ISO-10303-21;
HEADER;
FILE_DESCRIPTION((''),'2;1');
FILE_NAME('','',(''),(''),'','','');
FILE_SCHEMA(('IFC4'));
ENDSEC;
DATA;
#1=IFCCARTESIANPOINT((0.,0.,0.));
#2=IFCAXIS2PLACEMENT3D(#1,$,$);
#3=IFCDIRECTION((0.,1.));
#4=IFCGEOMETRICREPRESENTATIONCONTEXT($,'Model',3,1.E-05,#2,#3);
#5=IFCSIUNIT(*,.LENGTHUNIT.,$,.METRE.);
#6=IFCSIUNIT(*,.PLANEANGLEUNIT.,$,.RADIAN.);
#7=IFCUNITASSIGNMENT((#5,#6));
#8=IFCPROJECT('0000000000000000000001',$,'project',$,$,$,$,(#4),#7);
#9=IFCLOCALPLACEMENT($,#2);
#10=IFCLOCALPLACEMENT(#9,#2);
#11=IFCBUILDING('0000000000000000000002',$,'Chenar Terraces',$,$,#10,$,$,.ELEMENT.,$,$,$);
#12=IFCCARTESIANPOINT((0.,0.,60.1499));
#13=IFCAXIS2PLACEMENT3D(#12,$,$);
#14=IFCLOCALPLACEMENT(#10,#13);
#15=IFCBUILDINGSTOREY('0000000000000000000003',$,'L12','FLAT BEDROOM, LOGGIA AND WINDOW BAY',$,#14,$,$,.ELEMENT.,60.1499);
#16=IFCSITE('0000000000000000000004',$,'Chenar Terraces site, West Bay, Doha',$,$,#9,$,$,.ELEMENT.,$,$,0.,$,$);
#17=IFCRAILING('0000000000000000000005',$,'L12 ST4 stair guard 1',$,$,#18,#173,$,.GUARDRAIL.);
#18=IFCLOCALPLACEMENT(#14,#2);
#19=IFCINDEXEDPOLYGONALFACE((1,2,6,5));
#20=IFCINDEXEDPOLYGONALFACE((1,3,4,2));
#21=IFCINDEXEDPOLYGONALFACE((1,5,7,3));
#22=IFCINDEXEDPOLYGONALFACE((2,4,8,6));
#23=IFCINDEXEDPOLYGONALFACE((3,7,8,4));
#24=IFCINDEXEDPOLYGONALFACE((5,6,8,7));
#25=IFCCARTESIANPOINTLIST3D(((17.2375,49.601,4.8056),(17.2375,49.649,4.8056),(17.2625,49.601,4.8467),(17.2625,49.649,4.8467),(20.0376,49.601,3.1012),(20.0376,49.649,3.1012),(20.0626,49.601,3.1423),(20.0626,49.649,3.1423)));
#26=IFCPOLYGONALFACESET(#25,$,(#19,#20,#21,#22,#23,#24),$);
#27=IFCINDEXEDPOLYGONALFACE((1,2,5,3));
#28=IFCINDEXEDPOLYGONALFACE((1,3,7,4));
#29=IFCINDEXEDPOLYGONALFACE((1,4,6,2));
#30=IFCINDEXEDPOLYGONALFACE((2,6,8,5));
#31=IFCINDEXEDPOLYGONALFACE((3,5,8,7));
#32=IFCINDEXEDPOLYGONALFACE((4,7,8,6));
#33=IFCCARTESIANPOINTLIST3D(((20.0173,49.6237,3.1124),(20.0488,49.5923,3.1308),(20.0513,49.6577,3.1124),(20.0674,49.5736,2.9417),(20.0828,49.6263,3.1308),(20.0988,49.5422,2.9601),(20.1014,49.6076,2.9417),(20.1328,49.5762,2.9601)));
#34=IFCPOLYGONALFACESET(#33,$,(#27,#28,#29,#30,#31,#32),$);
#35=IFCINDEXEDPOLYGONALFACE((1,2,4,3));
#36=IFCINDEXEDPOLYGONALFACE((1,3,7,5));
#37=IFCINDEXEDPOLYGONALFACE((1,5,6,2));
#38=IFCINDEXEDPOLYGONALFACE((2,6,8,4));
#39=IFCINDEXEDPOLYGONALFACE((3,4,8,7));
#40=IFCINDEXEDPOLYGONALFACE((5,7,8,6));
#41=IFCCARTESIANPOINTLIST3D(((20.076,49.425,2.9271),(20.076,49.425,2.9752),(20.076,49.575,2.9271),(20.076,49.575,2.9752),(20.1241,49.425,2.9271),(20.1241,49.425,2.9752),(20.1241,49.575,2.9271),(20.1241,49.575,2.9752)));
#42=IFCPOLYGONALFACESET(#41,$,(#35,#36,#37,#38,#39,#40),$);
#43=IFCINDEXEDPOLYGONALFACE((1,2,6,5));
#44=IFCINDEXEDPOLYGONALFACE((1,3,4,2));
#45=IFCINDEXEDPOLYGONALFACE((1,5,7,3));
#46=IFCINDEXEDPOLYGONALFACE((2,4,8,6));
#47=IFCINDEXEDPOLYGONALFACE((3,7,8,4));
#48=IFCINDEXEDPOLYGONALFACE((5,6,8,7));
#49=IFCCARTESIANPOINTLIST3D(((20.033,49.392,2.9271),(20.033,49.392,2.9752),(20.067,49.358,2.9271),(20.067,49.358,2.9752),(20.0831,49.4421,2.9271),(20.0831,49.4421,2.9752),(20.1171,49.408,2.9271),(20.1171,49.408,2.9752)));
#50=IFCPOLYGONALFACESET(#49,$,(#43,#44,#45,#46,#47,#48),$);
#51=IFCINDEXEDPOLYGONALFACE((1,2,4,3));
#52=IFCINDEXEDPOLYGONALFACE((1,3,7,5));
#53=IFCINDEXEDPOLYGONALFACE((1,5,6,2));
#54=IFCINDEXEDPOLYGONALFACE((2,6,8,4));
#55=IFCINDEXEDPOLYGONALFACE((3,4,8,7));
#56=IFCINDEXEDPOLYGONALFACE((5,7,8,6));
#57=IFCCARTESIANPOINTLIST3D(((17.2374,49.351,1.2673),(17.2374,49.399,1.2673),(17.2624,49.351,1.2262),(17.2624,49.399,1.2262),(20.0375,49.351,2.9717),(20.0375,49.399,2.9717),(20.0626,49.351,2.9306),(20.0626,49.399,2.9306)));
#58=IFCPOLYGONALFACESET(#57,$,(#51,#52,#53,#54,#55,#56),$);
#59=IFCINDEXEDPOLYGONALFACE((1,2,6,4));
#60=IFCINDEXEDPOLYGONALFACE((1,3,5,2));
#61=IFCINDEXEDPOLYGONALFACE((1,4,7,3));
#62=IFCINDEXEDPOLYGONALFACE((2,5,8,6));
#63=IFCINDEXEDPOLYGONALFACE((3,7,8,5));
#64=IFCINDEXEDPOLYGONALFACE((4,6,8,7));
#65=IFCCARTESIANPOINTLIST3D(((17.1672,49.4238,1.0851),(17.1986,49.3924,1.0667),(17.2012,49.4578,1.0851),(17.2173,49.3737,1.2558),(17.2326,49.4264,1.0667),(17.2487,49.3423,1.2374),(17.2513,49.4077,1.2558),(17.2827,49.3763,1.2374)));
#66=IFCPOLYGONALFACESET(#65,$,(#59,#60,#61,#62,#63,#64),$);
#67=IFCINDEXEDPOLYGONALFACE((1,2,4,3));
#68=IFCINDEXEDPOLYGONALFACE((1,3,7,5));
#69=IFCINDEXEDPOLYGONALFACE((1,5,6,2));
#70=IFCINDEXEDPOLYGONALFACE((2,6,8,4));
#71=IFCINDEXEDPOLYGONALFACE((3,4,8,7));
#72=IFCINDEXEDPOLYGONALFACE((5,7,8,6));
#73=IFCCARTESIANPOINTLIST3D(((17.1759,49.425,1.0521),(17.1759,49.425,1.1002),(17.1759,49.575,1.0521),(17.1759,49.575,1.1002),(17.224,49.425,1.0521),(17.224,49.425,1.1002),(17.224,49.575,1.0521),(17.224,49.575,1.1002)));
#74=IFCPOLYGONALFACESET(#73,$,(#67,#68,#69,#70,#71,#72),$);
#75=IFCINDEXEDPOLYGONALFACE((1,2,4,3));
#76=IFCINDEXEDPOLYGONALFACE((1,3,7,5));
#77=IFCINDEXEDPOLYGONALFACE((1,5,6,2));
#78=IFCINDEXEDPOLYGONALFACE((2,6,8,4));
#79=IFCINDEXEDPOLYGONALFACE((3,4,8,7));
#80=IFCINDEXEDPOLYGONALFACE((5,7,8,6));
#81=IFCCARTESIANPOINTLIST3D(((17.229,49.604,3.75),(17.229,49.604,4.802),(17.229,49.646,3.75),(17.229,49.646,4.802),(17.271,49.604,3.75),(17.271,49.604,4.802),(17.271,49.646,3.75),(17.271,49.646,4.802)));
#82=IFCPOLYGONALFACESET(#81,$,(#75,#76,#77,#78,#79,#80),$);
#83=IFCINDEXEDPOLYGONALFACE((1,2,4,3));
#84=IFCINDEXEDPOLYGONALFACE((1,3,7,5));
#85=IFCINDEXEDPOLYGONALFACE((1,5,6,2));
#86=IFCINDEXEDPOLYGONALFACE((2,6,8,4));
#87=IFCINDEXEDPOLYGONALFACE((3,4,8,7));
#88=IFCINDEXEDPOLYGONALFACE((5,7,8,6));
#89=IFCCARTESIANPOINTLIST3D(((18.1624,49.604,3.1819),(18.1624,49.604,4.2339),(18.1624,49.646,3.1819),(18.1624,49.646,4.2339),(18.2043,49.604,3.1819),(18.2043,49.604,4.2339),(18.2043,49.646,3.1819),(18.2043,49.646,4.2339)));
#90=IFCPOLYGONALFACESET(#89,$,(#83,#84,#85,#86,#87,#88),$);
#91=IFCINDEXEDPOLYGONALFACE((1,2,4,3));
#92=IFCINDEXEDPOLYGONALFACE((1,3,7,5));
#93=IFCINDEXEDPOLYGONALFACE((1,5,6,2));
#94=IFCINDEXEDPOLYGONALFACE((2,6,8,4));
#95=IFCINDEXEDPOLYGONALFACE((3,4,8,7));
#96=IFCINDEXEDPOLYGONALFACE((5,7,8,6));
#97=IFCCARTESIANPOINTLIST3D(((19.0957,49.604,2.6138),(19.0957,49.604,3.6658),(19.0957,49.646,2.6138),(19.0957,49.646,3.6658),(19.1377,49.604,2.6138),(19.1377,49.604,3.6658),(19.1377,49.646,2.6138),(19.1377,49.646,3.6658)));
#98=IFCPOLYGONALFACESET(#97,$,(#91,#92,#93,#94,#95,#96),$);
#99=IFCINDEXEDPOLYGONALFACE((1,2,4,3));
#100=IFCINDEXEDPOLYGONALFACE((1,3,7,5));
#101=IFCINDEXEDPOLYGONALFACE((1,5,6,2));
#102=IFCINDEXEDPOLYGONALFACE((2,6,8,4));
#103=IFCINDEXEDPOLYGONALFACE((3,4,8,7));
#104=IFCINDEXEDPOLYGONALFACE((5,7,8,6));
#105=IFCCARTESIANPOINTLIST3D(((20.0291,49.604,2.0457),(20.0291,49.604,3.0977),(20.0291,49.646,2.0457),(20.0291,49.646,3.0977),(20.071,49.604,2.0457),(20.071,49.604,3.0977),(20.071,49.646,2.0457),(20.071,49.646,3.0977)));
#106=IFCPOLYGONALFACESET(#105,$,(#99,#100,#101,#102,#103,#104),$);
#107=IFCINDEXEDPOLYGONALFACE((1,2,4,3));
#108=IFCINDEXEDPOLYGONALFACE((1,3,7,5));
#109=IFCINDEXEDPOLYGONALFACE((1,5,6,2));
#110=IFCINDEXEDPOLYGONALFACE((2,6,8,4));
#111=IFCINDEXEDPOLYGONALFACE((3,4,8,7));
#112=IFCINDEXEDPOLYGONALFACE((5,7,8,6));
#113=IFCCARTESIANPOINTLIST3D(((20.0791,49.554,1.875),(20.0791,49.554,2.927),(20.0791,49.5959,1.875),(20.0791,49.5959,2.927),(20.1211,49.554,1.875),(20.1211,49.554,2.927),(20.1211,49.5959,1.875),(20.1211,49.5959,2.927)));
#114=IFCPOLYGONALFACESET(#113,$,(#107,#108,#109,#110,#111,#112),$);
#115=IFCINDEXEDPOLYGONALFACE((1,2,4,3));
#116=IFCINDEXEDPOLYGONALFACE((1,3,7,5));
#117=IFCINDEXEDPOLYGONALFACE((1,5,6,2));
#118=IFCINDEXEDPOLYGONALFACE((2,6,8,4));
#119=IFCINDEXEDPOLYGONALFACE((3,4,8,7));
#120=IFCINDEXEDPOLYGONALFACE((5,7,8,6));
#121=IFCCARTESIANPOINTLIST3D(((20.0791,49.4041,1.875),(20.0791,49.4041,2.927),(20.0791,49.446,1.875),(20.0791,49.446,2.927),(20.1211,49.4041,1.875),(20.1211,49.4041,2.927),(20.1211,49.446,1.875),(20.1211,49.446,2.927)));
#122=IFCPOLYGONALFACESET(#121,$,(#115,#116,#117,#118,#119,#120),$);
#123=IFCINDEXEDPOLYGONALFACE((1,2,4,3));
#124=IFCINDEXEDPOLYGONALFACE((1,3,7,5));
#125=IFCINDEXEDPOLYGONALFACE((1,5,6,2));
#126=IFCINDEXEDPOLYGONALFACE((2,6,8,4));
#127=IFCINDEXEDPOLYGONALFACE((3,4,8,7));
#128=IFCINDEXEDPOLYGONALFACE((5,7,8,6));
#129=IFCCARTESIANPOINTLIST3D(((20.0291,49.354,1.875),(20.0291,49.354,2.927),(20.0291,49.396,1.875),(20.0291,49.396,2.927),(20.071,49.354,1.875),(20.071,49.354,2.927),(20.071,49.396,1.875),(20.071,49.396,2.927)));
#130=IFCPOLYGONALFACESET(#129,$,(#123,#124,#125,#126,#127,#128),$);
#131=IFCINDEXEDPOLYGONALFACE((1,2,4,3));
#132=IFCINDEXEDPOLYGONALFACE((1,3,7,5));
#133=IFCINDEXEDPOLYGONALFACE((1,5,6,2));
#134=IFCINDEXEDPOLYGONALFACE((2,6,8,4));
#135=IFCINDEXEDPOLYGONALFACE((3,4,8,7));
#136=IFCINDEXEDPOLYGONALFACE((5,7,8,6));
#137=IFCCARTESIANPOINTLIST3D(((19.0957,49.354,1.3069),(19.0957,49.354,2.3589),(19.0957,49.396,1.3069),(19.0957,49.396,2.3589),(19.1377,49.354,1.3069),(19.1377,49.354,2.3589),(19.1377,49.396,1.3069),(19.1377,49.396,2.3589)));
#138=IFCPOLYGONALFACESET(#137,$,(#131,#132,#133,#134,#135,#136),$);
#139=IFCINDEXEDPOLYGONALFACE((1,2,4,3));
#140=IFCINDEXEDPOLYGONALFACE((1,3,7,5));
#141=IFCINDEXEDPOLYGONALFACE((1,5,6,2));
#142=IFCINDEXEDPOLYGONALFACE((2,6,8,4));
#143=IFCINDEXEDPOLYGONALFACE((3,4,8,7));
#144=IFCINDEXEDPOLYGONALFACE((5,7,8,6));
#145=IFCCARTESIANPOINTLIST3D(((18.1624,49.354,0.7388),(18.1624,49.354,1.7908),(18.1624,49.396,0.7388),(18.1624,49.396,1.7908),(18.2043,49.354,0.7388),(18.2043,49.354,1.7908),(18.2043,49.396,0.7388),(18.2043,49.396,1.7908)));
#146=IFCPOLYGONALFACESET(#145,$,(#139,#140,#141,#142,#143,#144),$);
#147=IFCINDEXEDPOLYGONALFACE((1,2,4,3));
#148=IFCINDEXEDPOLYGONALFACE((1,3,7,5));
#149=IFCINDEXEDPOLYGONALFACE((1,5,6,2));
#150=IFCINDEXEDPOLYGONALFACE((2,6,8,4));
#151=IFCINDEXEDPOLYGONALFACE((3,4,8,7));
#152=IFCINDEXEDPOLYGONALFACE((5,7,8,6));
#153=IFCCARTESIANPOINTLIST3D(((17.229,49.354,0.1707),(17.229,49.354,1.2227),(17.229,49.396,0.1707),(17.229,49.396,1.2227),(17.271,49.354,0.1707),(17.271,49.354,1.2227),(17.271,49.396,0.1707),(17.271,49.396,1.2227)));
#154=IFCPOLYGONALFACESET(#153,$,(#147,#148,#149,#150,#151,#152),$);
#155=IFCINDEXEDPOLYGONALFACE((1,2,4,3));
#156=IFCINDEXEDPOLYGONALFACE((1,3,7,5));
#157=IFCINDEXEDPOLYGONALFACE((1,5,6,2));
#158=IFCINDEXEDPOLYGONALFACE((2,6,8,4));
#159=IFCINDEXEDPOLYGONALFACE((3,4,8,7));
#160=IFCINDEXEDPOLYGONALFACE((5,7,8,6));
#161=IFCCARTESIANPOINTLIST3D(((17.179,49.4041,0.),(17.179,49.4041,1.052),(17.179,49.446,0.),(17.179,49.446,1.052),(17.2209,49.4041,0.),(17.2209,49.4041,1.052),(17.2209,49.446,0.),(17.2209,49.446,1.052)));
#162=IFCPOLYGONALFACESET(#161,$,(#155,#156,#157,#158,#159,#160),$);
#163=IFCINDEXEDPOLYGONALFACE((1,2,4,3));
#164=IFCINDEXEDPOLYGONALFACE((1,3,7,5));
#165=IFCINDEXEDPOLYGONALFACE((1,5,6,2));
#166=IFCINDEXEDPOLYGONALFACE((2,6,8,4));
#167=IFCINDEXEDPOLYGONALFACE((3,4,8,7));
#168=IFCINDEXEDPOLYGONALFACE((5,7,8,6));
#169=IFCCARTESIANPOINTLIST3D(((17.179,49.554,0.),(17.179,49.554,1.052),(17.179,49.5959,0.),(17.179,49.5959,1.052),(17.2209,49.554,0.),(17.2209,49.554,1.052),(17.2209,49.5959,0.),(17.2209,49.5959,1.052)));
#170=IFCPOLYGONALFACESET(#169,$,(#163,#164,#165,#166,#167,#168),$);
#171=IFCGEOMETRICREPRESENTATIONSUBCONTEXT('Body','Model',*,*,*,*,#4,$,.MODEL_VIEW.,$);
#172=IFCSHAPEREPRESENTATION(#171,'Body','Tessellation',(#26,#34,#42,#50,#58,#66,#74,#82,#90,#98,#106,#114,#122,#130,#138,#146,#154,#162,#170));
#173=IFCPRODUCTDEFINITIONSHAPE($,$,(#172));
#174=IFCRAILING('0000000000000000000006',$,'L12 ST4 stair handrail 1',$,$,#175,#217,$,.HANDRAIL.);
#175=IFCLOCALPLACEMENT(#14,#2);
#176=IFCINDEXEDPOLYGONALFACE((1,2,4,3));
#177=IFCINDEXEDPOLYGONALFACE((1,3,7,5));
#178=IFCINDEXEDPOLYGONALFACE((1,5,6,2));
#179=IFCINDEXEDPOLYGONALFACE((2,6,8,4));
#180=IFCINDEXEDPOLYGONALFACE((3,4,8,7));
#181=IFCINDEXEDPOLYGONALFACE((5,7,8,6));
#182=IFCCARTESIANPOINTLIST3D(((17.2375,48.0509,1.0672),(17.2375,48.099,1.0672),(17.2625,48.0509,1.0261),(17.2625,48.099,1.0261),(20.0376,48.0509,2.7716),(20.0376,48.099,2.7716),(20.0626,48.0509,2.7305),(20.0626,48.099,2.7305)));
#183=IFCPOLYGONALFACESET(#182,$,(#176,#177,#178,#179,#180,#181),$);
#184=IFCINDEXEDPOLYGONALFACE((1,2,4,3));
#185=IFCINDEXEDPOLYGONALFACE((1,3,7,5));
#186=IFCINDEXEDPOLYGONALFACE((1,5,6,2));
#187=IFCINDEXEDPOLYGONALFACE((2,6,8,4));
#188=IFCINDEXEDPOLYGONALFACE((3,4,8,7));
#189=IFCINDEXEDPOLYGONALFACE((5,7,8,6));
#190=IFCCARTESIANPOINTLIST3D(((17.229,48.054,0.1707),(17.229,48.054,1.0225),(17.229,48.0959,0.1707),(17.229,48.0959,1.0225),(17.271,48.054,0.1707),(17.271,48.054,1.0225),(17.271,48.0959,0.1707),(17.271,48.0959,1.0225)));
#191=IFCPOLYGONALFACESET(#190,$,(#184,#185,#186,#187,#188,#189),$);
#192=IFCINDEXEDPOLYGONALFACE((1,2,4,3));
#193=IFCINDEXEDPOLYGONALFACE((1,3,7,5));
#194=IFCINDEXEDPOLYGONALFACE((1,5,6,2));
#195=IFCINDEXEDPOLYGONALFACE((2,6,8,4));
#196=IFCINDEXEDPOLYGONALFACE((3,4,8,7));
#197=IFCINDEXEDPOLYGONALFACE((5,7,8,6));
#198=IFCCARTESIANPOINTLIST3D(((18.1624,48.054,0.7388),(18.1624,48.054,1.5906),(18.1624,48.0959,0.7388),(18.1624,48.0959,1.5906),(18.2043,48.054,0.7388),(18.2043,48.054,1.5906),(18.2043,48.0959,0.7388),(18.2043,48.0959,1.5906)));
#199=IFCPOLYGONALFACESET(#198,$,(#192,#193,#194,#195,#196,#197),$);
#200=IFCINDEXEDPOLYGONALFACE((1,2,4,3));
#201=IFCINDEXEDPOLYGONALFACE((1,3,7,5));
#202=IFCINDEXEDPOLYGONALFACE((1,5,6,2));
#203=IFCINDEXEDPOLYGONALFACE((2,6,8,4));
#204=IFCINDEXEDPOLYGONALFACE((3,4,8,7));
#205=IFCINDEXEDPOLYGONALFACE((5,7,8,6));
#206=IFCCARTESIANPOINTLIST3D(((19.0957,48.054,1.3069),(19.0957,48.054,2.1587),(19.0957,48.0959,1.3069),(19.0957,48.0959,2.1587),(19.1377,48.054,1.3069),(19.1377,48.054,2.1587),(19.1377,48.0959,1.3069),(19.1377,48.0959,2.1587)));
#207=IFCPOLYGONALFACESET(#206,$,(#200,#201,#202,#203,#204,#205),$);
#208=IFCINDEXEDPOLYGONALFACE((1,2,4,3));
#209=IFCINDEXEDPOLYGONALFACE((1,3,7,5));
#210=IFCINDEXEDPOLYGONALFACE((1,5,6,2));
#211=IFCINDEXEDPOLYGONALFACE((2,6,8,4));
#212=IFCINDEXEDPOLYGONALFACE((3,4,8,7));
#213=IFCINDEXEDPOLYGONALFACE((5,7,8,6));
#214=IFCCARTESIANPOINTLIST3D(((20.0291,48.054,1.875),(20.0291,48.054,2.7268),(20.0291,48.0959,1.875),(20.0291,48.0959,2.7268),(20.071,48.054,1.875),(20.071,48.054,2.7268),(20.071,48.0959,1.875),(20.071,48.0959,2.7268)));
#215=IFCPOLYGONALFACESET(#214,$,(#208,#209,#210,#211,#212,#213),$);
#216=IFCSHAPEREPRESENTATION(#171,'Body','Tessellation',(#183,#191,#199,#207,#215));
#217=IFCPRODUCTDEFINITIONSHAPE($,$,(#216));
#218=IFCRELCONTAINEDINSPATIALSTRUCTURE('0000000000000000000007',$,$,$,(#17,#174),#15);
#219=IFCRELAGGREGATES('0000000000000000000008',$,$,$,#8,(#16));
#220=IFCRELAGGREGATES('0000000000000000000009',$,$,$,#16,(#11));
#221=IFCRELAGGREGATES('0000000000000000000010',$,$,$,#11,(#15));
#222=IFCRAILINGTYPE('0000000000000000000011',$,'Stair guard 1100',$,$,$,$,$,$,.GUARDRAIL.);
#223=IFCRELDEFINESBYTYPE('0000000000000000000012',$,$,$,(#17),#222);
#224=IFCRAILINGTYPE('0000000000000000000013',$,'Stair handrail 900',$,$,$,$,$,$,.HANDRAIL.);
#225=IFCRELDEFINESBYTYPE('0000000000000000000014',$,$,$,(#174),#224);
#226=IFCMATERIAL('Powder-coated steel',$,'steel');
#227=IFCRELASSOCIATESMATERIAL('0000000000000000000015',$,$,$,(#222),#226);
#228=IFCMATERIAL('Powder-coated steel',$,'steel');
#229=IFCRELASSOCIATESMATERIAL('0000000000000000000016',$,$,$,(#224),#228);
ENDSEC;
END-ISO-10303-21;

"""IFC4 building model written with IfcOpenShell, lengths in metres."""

from ifc_helpers import new_model, si_unit, direction, frame, origin, origin_2d, place, context, subcontext, project, spatial, rectangle, extrude, material, type_object, element, save


model = new_model("IFC4")

# Units and contexts
model_context = context("Model", 3, precision=1e-05, world=origin(), true_north=direction((0.0, 1.0)))
body_context = subcontext(model_context, "Body", "Model", "MODEL_VIEW")
ifc_project = project(units=[si_unit("LENGTHUNIT", "METRE"), si_unit("PLANEANGLEUNIT", "RADIAN")], contexts=[model_context])

# Site, building, storey
site_placement = place(None, origin())
site = spatial("IfcSite", under=ifc_project, at=site_placement, Name="Chenar Terraces site, West Bay, Doha", CompositionType="ELEMENT", RefElevation=0.0)
building_placement = place(site_placement, origin())
building = spatial("IfcBuilding", under=site, at=building_placement, Name="Chenar Terraces", CompositionType="ELEMENT")
storey_placement = place(building_placement, frame((0.0, 0.0, 60.1499)))
storey = spatial("IfcBuildingStorey", under=building, at=storey_placement, Name="L12", Description="FLAT BEDROOM, LOGGIA AND WINDOW BAY", CompositionType="ELEMENT", Elevation=60.1499)

# Railings
ifc_material_1 = material(Name="Powder-coated steel", Category="steel")
railing_type_1 = type_object("IfcRailingType", Name="Stair guard 1100", PredefinedType="GUARDRAIL", material=ifc_material_1)
railing_1_placement = place(storey_placement, frame((17.25, 49.625, 3.75)))
element("IfcRailing", 1, at=railing_1_placement, inside=storey, type_object=railing_type_1, Name="L12 ST4 stair guard 1", PredefinedType="GUARDRAIL", context=body_context, shape_type="SweptSolid", body=[
    extrude(rectangle(XDim=0.0481, YDim=0.0481, at=origin_2d()), frame((0.0, 0.0, 1.0762), z_axis=(0.854203, 0.0, -0.51994), x_axis=(0.0, 1.0, 0.0)), (0.0, 0.0, 1.0), 3.2781),
    extrude(rectangle(XDim=0.0481, YDim=0.0481, at=origin_2d()), frame((2.8, 0.0, -0.6284), z_axis=(0.2709, -0.2709, -0.923703), x_axis=(0.707107, 0.707107, 0.0)), (0.0, 0.0, 1.0), 0.1848),
    extrude(rectangle(XDim=0.0481, YDim=0.0481, at=origin_2d()), frame((2.8501, -0.05, -0.7988), z_axis=(0.0, -1.0, 0.0), x_axis=(1.0, 0.0, 0.0)), (0.0, 0.0, 1.0), 0.1499),
    extrude(rectangle(XDim=0.0481, YDim=0.0481, at=origin_2d()), frame((2.8501, -0.2, -0.7988), z_axis=(-0.707107, -0.707107, 0.0), x_axis=(0.707107, -0.707107, 0.0)), (0.0, 0.0, 1.0), 0.0708),
    extrude(rectangle(XDim=0.0481, YDim=0.0481, at=origin_2d()), frame((2.8, -0.25, -0.7988), z_axis=(-0.854203, 0.0, -0.51994), x_axis=(0.0, -1.0, 0.0)), (0.0, 0.0, 1.0), 3.2781),
    extrude(rectangle(XDim=0.0481, YDim=0.0481, at=origin_2d()), frame((0.0, -0.25, -2.5034), z_axis=(-0.2709, 0.2709, -0.923703), x_axis=(-0.707107, -0.707107, 0.0)), (0.0, 0.0, 1.0), 0.1848),
    extrude(rectangle(XDim=0.0481, YDim=0.0481, at=origin_2d()), frame((-0.05, -0.2, -2.6738), z_axis=(0.0, 1.0, 0.0), x_axis=(-1.0, 0.0, 0.0)), (0.0, 0.0, 1.0), 0.1499),
    extrude(rectangle(XDim=0.042, YDim=0.042, at=origin_2d()), origin(), (0.0, 0.0, 1.0), 1.052),
    extrude(rectangle(XDim=0.042, YDim=0.042, at=origin_2d()), frame((0.9333, 0.0, -0.5681)), (0.0, 0.0, 1.0), 1.052),
    extrude(rectangle(XDim=0.042, YDim=0.042, at=origin_2d()), frame((1.8667, 0.0, -1.1362)), (0.0, 0.0, 1.0), 1.052),
    extrude(rectangle(XDim=0.042, YDim=0.042, at=origin_2d()), frame((2.8, 0.0, -1.7043)), (0.0, 0.0, 1.0), 1.052),
    extrude(rectangle(XDim=0.042, YDim=0.042, at=origin_2d()), frame((2.8501, -0.05, -1.875)), (0.0, 0.0, 1.0), 1.052),
    extrude(rectangle(XDim=0.042, YDim=0.042, at=origin_2d()), frame((2.8501, -0.2, -1.875)), (0.0, 0.0, 1.0), 1.052),
    extrude(rectangle(XDim=0.042, YDim=0.042, at=origin_2d()), frame((2.8, -0.25, -1.875)), (0.0, 0.0, 1.0), 1.052),
    extrude(rectangle(XDim=0.042, YDim=0.042, at=origin_2d()), frame((1.8667, -0.25, -2.4431)), (0.0, 0.0, 1.0), 1.052),
    extrude(rectangle(XDim=0.042, YDim=0.042, at=origin_2d()), frame((0.9333, -0.25, -3.0112)), (0.0, 0.0, 1.0), 1.052),
    extrude(rectangle(XDim=0.042, YDim=0.042, at=origin_2d()), frame((0.0, -0.25, -3.5793)), (0.0, 0.0, 1.0), 1.052),
    extrude(rectangle(XDim=0.042, YDim=0.042, at=origin_2d()), frame((-0.05, -0.2, -3.75)), (0.0, 0.0, 1.0), 1.052),
    extrude(rectangle(XDim=0.042, YDim=0.042, at=origin_2d()), frame((-0.05, -0.05, -3.75)), (0.0, 0.0, 1.0), 1.052),
])
ifc_material_2 = material(Name="Powder-coated steel", Category="steel")
railing_type_2 = type_object("IfcRailingType", Name="Stair handrail 900", PredefinedType="HANDRAIL", material=ifc_material_2)
railing_2_placement = place(storey_placement, frame((17.25, 48.075, 0.1707)))
element("IfcRailing", 2, at=railing_2_placement, inside=storey, type_object=railing_type_2, Name="L12 ST4 stair handrail 1", PredefinedType="HANDRAIL", context=body_context, shape_type="SweptSolid", body=[
    extrude(rectangle(XDim=0.0481, YDim=0.0481, at=origin_2d()), frame((0.0, 0.0, 0.876), z_axis=(0.854203, 0.0, 0.51994), x_axis=(0.0, 1.0, 0.0)), (0.0, 0.0, 1.0), 3.2781),
    extrude(rectangle(XDim=0.042, YDim=0.042, at=origin_2d()), origin(), (0.0, 0.0, 1.0), 0.8518),
    extrude(rectangle(XDim=0.042, YDim=0.042, at=origin_2d()), frame((0.9333, 0.0, 0.5681)), (0.0, 0.0, 1.0), 0.8518),
    extrude(rectangle(XDim=0.042, YDim=0.042, at=origin_2d()), frame((1.8667, 0.0, 1.1362)), (0.0, 0.0, 1.0), 0.8518),
    extrude(rectangle(XDim=0.042, YDim=0.042, at=origin_2d()), frame((2.8, 0.0, 1.7043)), (0.0, 0.0, 1.0), 0.8518),
])

save(model, "model.ifc")
